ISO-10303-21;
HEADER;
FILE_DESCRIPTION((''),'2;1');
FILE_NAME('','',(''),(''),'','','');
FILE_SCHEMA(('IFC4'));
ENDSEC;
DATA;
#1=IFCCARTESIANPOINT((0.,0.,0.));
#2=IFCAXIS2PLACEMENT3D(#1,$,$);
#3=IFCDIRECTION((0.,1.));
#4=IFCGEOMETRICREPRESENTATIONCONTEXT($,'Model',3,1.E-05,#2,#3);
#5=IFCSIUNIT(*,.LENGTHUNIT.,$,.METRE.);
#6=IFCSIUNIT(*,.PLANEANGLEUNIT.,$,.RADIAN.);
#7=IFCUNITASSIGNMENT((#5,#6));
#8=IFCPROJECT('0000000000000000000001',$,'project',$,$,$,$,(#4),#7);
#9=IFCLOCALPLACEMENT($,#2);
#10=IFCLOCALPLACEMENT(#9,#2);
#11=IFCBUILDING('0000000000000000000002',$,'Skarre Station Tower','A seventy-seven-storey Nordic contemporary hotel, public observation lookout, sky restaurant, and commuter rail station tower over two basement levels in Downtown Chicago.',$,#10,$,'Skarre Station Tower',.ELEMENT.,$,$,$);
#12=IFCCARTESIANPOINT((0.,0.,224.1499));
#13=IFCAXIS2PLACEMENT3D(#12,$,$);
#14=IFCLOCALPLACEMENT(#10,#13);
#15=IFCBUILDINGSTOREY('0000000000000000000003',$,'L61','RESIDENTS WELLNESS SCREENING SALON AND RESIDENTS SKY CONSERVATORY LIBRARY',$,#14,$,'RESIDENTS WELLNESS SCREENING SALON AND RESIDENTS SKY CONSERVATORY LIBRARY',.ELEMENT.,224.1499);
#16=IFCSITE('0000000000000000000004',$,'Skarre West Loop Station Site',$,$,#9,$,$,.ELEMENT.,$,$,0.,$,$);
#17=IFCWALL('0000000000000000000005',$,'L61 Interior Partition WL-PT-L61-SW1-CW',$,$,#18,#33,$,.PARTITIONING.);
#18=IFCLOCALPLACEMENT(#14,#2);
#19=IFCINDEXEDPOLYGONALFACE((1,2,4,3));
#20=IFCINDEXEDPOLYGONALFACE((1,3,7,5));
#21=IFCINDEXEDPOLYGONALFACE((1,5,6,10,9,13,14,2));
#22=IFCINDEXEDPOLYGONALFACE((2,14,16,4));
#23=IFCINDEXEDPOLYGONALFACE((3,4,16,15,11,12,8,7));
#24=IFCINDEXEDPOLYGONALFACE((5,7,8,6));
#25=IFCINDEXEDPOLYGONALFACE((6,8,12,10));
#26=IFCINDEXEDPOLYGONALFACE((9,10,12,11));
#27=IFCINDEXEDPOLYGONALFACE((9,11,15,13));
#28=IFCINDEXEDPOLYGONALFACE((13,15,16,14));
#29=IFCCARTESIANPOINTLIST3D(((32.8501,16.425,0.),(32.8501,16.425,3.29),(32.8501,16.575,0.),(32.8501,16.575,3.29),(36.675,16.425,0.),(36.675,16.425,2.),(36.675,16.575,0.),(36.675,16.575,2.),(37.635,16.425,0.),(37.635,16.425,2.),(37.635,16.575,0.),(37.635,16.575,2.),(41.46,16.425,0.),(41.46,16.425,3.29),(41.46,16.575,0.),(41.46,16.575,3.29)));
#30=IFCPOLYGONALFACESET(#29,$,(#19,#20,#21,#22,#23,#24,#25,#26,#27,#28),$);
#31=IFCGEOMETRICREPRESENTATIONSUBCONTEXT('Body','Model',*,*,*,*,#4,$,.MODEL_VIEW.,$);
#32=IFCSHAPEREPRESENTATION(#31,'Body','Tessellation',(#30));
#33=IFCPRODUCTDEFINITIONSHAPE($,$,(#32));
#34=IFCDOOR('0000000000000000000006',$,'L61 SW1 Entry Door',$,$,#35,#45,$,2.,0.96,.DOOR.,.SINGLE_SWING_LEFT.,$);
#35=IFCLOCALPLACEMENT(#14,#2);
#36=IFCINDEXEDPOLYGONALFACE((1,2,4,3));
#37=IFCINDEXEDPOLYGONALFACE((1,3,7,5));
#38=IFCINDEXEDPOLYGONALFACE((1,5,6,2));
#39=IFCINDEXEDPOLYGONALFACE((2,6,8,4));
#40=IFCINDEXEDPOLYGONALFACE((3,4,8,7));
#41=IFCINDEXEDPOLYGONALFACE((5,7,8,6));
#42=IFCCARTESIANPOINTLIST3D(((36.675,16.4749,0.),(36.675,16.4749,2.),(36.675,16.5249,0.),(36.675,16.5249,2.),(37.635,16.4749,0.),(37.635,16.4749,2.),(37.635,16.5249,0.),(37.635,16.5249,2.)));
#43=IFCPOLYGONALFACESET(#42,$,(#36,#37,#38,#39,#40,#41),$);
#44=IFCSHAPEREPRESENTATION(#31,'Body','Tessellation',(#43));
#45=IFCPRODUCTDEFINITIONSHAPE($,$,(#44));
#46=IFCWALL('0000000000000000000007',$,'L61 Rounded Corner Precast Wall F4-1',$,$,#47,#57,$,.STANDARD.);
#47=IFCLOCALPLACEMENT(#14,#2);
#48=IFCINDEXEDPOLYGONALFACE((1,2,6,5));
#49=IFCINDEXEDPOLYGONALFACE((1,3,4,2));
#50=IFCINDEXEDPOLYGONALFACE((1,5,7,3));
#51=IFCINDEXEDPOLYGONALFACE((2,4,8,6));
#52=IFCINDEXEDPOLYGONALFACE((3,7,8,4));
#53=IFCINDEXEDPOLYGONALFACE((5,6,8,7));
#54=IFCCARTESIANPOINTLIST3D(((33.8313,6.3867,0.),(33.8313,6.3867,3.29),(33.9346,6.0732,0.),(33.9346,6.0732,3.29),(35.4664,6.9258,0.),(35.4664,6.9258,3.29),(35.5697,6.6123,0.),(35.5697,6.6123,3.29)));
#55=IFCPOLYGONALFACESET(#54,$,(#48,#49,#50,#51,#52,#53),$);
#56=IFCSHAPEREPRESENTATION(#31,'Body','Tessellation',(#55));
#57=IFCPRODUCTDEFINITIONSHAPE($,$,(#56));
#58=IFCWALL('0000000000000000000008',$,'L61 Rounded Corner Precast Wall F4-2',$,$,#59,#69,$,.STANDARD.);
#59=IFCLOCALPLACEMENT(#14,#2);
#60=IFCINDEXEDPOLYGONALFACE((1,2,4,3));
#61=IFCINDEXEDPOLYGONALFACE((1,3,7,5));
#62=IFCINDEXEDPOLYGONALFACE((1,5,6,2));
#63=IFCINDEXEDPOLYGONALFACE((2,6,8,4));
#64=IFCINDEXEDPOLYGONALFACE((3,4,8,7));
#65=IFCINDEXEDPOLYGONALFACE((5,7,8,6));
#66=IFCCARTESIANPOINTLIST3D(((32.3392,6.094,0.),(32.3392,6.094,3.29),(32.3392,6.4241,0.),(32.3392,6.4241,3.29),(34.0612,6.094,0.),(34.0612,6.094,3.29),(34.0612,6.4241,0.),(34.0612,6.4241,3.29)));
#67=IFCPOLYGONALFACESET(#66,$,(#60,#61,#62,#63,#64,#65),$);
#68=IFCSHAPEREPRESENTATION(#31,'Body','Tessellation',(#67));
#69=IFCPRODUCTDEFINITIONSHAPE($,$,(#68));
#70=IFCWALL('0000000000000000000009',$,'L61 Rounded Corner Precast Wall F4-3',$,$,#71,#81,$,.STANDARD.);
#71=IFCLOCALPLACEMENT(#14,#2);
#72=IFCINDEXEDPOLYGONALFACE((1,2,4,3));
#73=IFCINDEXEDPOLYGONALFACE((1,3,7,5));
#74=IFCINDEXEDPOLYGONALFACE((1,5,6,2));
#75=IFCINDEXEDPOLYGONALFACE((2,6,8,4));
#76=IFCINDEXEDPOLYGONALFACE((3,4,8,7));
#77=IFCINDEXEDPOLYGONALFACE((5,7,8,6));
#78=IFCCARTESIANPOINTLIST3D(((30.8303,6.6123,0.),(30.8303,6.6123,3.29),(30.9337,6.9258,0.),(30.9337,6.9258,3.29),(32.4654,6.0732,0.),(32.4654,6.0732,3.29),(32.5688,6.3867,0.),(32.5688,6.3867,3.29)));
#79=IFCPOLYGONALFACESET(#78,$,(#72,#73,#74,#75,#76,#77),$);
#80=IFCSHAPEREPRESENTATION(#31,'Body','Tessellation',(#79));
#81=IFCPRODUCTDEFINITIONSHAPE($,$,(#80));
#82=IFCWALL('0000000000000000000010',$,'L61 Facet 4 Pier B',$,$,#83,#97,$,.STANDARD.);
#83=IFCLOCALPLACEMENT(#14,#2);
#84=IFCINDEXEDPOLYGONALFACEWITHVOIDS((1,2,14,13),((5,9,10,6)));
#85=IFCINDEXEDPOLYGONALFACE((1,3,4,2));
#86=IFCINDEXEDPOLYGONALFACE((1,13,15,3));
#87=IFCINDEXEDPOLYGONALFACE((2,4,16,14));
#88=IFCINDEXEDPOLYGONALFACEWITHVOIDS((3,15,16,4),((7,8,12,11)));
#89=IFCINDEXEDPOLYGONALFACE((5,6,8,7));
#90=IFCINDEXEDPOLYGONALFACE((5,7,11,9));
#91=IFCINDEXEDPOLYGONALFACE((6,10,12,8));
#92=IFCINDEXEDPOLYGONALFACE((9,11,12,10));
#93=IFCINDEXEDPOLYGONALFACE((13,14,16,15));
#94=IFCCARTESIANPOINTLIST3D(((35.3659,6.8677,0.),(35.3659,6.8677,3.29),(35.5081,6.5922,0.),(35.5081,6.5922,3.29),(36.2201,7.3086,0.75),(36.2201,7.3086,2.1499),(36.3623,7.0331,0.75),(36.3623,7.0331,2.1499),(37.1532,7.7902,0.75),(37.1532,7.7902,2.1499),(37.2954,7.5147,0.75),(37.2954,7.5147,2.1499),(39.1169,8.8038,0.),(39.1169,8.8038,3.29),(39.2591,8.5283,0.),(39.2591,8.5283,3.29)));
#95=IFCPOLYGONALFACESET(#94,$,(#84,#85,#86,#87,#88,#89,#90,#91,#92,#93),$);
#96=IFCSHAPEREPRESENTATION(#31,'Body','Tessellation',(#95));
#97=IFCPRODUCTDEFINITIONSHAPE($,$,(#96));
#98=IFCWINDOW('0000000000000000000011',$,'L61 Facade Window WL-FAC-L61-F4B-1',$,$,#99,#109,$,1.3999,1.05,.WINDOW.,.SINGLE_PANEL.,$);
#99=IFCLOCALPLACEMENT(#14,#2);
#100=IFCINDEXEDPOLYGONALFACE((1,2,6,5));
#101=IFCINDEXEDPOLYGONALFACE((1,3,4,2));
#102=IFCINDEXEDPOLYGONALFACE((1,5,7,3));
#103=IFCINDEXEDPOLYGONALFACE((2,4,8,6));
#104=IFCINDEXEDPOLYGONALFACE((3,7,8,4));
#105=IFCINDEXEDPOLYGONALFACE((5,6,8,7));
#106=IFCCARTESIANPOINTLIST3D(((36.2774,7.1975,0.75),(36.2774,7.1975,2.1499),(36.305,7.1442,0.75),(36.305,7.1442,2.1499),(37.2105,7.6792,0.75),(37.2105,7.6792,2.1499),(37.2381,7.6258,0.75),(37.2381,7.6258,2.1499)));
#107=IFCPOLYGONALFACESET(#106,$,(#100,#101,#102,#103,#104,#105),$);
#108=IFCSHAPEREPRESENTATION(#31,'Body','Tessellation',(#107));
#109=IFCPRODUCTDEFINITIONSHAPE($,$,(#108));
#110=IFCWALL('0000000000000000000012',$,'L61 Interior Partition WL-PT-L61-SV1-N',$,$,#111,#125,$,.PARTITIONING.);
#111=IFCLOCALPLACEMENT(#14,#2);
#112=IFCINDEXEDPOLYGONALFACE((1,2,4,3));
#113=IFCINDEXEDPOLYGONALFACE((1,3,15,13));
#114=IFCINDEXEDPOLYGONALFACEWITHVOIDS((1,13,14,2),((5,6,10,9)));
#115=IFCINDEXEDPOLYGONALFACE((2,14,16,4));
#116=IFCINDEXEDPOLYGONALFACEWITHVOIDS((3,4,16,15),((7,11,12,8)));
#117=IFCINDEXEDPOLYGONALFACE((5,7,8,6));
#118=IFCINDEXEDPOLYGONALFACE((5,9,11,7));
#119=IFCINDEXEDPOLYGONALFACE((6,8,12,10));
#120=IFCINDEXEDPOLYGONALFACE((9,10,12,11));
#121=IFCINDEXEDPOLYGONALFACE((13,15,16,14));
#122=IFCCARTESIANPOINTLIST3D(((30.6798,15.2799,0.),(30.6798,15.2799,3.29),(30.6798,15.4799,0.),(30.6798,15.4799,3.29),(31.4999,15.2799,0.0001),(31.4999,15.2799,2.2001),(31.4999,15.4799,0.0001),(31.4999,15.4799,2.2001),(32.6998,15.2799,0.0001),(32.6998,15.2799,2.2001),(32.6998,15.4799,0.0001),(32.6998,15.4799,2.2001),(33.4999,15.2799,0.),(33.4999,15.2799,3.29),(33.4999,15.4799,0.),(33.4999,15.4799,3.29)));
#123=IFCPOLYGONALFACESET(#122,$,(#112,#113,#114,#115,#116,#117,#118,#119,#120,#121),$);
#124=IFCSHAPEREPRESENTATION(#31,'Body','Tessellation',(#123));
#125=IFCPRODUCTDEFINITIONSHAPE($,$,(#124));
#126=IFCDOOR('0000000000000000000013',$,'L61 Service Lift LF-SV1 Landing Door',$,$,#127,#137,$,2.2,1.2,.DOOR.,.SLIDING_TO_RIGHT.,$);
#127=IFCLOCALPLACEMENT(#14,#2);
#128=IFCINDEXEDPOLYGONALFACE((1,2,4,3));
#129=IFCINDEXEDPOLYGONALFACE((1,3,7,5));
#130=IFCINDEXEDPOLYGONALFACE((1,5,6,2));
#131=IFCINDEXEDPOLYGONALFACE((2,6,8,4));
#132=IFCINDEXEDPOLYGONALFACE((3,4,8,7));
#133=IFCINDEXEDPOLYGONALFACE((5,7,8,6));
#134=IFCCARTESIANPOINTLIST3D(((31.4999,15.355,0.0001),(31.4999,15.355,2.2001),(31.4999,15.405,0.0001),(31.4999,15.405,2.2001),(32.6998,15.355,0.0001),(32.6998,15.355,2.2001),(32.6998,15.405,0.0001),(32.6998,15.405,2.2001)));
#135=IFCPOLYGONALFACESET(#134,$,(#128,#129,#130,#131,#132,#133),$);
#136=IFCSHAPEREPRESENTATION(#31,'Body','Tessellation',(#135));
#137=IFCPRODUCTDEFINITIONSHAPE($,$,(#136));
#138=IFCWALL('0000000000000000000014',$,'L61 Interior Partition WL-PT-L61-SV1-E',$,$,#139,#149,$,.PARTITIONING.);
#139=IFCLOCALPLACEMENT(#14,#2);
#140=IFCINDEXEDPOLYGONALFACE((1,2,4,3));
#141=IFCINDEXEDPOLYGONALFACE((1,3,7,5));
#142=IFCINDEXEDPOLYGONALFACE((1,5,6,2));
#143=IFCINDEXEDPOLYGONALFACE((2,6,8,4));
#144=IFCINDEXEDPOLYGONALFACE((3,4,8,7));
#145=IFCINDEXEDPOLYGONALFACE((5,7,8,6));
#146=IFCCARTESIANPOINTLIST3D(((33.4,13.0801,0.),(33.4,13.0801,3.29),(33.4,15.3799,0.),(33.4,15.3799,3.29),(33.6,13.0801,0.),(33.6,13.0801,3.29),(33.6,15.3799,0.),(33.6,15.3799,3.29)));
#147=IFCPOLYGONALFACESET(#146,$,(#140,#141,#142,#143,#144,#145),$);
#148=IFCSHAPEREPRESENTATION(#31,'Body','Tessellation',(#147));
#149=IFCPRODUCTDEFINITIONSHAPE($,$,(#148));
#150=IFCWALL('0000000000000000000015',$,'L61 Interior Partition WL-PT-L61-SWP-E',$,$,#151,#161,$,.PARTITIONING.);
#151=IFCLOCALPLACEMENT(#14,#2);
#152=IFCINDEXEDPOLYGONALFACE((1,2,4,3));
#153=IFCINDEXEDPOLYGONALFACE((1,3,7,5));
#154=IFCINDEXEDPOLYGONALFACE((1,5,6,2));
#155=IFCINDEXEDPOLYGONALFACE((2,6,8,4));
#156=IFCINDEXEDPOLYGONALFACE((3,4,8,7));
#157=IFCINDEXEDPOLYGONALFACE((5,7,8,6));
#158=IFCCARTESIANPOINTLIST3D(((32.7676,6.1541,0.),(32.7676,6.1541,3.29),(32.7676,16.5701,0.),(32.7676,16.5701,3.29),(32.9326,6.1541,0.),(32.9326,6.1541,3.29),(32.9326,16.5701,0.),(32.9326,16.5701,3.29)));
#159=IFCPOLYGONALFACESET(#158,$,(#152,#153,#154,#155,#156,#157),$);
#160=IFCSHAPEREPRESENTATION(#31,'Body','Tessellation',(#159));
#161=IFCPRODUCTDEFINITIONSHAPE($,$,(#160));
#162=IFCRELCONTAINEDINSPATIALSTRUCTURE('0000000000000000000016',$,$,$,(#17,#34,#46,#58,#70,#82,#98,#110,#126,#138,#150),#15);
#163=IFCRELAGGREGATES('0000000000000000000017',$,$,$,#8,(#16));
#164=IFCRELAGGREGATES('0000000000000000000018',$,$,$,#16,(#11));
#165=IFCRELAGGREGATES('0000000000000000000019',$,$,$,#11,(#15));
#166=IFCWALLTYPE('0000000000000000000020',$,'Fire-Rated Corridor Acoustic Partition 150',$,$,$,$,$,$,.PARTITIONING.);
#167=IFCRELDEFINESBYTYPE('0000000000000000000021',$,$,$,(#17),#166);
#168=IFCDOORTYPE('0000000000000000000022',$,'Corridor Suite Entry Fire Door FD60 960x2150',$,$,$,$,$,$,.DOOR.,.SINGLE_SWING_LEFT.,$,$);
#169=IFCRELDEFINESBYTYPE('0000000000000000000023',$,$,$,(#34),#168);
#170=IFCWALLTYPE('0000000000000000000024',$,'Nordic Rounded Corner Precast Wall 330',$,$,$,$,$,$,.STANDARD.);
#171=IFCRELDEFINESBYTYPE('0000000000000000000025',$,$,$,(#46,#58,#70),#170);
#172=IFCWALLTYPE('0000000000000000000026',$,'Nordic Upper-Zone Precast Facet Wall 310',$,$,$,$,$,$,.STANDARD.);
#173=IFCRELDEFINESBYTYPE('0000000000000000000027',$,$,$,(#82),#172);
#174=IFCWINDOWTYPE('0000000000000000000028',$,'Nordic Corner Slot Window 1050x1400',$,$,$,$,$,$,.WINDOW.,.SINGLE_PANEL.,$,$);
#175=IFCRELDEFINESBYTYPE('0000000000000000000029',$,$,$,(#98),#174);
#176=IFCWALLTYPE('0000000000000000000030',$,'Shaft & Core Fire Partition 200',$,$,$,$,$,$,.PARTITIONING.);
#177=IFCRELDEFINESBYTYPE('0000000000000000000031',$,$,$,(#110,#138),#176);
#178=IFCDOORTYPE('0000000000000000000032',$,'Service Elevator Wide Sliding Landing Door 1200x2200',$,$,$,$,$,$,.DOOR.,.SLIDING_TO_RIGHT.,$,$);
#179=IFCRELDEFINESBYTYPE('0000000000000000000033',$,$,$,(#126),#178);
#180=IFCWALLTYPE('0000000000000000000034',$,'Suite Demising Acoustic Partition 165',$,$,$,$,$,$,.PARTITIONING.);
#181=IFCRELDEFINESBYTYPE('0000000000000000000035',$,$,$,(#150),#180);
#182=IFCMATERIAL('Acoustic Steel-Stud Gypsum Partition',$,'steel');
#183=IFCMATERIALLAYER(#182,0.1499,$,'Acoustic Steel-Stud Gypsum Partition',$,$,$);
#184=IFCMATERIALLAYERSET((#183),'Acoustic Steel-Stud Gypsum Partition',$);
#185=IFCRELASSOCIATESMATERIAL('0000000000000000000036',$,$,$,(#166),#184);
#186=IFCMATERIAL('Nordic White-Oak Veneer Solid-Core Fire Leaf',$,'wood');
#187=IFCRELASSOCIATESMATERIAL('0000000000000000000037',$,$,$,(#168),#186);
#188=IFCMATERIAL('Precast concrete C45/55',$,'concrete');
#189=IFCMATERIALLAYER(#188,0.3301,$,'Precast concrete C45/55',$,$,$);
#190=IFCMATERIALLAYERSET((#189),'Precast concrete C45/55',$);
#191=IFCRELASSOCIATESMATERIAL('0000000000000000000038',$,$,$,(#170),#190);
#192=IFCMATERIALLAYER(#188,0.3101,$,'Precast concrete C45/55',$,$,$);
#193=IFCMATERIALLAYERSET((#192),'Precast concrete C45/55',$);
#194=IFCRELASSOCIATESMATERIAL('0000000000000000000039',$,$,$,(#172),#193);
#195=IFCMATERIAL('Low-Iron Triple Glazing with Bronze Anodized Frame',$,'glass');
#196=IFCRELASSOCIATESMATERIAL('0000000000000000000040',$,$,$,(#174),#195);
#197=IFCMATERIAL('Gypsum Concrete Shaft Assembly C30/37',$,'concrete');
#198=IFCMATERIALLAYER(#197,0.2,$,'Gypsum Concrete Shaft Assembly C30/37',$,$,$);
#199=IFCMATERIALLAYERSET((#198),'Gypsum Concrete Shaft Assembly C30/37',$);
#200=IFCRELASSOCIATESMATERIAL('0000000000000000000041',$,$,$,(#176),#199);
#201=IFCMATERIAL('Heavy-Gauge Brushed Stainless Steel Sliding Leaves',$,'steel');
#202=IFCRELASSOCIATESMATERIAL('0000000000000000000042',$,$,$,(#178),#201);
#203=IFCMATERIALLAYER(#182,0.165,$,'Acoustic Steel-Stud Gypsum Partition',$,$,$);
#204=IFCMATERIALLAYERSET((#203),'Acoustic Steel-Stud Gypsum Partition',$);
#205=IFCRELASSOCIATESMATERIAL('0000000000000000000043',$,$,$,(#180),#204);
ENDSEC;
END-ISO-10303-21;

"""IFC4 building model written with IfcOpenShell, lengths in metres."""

from ifc_helpers import new_model, si_unit, direction, frame, frame_2d, origin, place, context, subcontext, project, spatial, rectangle, extrude, material, layer, layer_set, type_object, element, fill, save


model = new_model("IFC4")

# Units and contexts
model_context = context("Model", 3, precision=1e-05, world=origin(), true_north=direction((0.0, 1.0)))
body_context = subcontext(model_context, "Body", "Model", "MODEL_VIEW")
ifc_project = project(units=[si_unit("LENGTHUNIT", "METRE"), si_unit("PLANEANGLEUNIT", "RADIAN")], contexts=[model_context])

# Site, building, storey
site_placement = place(None, origin())
site = spatial("IfcSite", under=ifc_project, at=site_placement, Name="Skarre West Loop Station Site", CompositionType="ELEMENT", RefElevation=0.0)
building_placement = place(site_placement, origin())
building = spatial("IfcBuilding", under=site, at=building_placement, Name="Skarre Station Tower", Description="A seventy-seven-storey Nordic contemporary hotel, public observation lookout, sky restaurant, and commuter rail station tower over two basement levels in Downtown Chicago.", LongName="Skarre Station Tower", CompositionType="ELEMENT")
storey_placement = place(building_placement, frame((0.0, 0.0, 224.1499)))
storey = spatial("IfcBuildingStorey", under=building, at=storey_placement, Name="L61", Description="RESIDENTS WELLNESS SCREENING SALON AND RESIDENTS SKY CONSERVATORY LIBRARY", LongName="RESIDENTS WELLNESS SCREENING SALON AND RESIDENTS SKY CONSERVATORY LIBRARY", CompositionType="ELEMENT", Elevation=224.1499)

# Shared definitions
ifc_material_1 = material(Name="Acoustic Steel-Stud Gypsum Partition", Category="steel")
ifc_layer_1 = layer(ifc_material_1, 0.1499, Name="Acoustic Steel-Stud Gypsum Partition")
ifc_layer_set_1 = layer_set([ifc_layer_1], Name="Acoustic Steel-Stud Gypsum Partition")
wall_type_1 = type_object("IfcWallType", Name="Fire-Rated Corridor Acoustic Partition 150", PredefinedType="PARTITIONING", material=ifc_layer_set_1)

# Wall, opening, door
wall_1_placement = place(storey_placement, frame((32.8501, 16.5, 0.0), z_axis=(0.0, 0.0, 1.0), x_axis=(1.0, 0.0, 0.0)))
wall_1 = element("IfcWall", 1, at=wall_1_placement, inside=storey, type_object=wall_type_1, Name="L61 Interior Partition WL-PT-L61-SW1-CW", PredefinedType="PARTITIONING", context=body_context, shape_type="SweptSolid", body=[
    extrude(rectangle(XDim=8.6099, YDim=0.1499, at=frame_2d((4.3049, 0.0))), origin(), (0.0, 0.0, 1.0), 3.29),
])
opening_1_placement = place(wall_1_placement, frame((3.825, 0.0, 0.0)))
opening_1 = element("IfcOpeningElement", 2, at=opening_1_placement, cuts=wall_1, PredefinedType="OPENING", context=body_context, shape_type="SweptSolid", body=[
    extrude(rectangle(XDim=0.96, YDim=2.0, at=frame_2d((0.48, 1.0))), frame((0.0, 0.085, 0.0), z_axis=(0.0, -1.0, 0.0), x_axis=(1.0, 0.0, 0.0)), (0.0, 0.0, 1.0), 0.1699),
])
ifc_material_2 = material(Name="Nordic White-Oak Veneer Solid-Core Fire Leaf", Category="wood")
door_type_1 = type_object("IfcDoorType", Name="Corridor Suite Entry Fire Door FD60 960x2150", OperationType="SINGLE_SWING_LEFT", PredefinedType="DOOR", material=ifc_material_2)
door_1_placement = place(opening_1_placement, origin())
door_1 = element("IfcDoor", 3, at=door_1_placement, inside=storey, type_object=door_type_1, Name="L61 SW1 Entry Door", OperationType="SINGLE_SWING_LEFT", OverallHeight=2.0, OverallWidth=0.96, PredefinedType="DOOR", context=body_context, shape_type="SweptSolid", body=[
    extrude(rectangle(XDim=0.96, YDim=2.0, at=frame_2d((0.48, 1.0))), frame((0.0, 0.0249, 0.0), z_axis=(0.0, -1.0, 0.0), x_axis=(1.0, 0.0, 0.0)), (0.0, 0.0, 1.0), 0.05),
])
fill(opening_1, door_1)

# Walls
ifc_material_3 = material(Name="Precast concrete C45/55", Category="concrete")
ifc_layer_2 = layer(ifc_material_3, 0.3301, Name="Precast concrete C45/55")
ifc_layer_set_2 = layer_set([ifc_layer_2], Name="Precast concrete C45/55")
wall_type_2 = type_object("IfcWallType", Name="Nordic Rounded Corner Precast Wall 330", PredefinedType="STANDARD", material=ifc_layer_set_2)
wall_2_placement = place(storey_placement, frame((35.5181, 6.769, 0.0), z_axis=(0.0, 0.0, 1.0), x_axis=(-0.949713, -0.31312, 0.0)))
element("IfcWall", 4, at=wall_2_placement, inside=storey, type_object=wall_type_2, Name="L61 Rounded Corner Precast Wall F4-1", PredefinedType="STANDARD", context=body_context, shape_type="SweptSolid", body=[
    extrude(rectangle(XDim=1.7217, YDim=0.3301, at=frame_2d((0.8608, 0.0))), origin(), (0.0, 0.0, 1.0), 3.29),
])
wall_3_placement = place(storey_placement, frame((34.061, 6.259, 0.0), z_axis=(0.0, 0.0, 1.0), x_axis=(-1.0, 0.0, 0.0)))
element("IfcWall", 5, at=wall_3_placement, inside=storey, type_object=wall_type_2, Name="L61 Rounded Corner Precast Wall F4-2", PredefinedType="STANDARD", context=body_context, shape_type="SweptSolid", body=[
    extrude(rectangle(XDim=1.7219, YDim=0.3301, at=frame_2d((0.8608, 0.0))), origin(), (0.0, 0.0, 1.0), 3.29),
])
wall_4_placement = place(storey_placement, frame((32.5171, 6.23, 0.0), z_axis=(0.0, 0.0, 1.0), x_axis=(-0.949713, 0.31312, 0.0)))
element("IfcWall", 6, at=wall_4_placement, inside=storey, type_object=wall_type_2, Name="L61 Rounded Corner Precast Wall F4-3", PredefinedType="STANDARD", context=body_context, shape_type="SweptSolid", body=[
    extrude(rectangle(XDim=1.7217, YDim=0.3301, at=frame_2d((0.8608, 0.0))), origin(), (0.0, 0.0, 1.0), 3.29),
])

# Wall, opening, window
ifc_layer_3 = layer(ifc_material_3, 0.3101, Name="Precast concrete C45/55")
ifc_layer_set_3 = layer_set([ifc_layer_3], Name="Precast concrete C45/55")
wall_type_3 = type_object("IfcWallType", Name="Nordic Upper-Zone Precast Facet Wall 310", PredefinedType="STANDARD", material=ifc_layer_set_3)
wall_5_placement = place(storey_placement, frame((39.188, 8.666, 0.0), z_axis=(0.0, 0.0, 1.0), x_axis=(-0.888616, -0.458652, 0.0)))
wall_5 = element("IfcWall", 7, at=wall_5_placement, inside=storey, type_object=wall_type_3, Name="L61 Facet 4 Pier B", PredefinedType="STANDARD", context=body_context, shape_type="SweptSolid", body=[
    extrude(rectangle(XDim=4.2212, YDim=0.3101, at=frame_2d((2.1106, 0.0))), origin(), (0.0, 0.0, 1.0), 3.29),
])
opening_2_placement = place(wall_5_placement, frame((2.21, 0.0, 0.75)))
opening_2 = element("IfcOpeningElement", 8, at=opening_2_placement, cuts=wall_5, PredefinedType="OPENING", context=body_context, shape_type="SweptSolid", body=[
    extrude(rectangle(XDim=1.05, YDim=1.3999, at=frame_2d((0.5249, 0.7))), frame((0.0, 0.165, 0.0), z_axis=(0.0, -1.0, 0.0), x_axis=(1.0, 0.0, 0.0)), (0.0, 0.0, 1.0), 0.3301),
])
ifc_material_4 = material(Name="Low-Iron Triple Glazing with Bronze Anodized Frame", Category="glass")
window_type = type_object("IfcWindowType", Name="Nordic Corner Slot Window 1050x1400", PartitioningType="SINGLE_PANEL", PredefinedType="WINDOW", material=ifc_material_4)
window_placement = place(opening_2_placement, origin())
window = element("IfcWindow", 9, at=window_placement, inside=storey, type_object=window_type, Name="L61 Facade Window WL-FAC-L61-F4B-1", OverallHeight=1.3999, OverallWidth=1.05, PartitioningType="SINGLE_PANEL", PredefinedType="WINDOW", context=body_context, shape_type="SweptSolid", body=[
    extrude(rectangle(XDim=1.05, YDim=1.3999, at=frame_2d((0.5249, 0.7))), frame((0.0, 0.03, 0.0), z_axis=(0.0, -1.0, 0.0), x_axis=(1.0, 0.0, 0.0)), (0.0, 0.0, 1.0), 0.0601),
])
fill(opening_2, window)

# Wall, opening, door
ifc_material_5 = material(Name="Gypsum Concrete Shaft Assembly C30/37", Category="concrete")
ifc_layer_4 = layer(ifc_material_5, 0.2, Name="Gypsum Concrete Shaft Assembly C30/37")
ifc_layer_set_4 = layer_set([ifc_layer_4], Name="Gypsum Concrete Shaft Assembly C30/37")
wall_type_4 = type_object("IfcWallType", Name="Shaft & Core Fire Partition 200", PredefinedType="PARTITIONING", material=ifc_layer_set_4)
wall_6_placement = place(storey_placement, frame((33.5, 15.3799, 0.0), z_axis=(0.0, 0.0, 1.0), x_axis=(-1.0, 0.0, 0.0)))
wall_6 = element("IfcWall", 10, at=wall_6_placement, inside=storey, type_object=wall_type_4, Name="L61 Interior Partition WL-PT-L61-SV1-N", PredefinedType="PARTITIONING", context=body_context, shape_type="SweptSolid", body=[
    extrude(rectangle(XDim=2.8201, YDim=0.2, at=frame_2d((1.4102, 0.0))), origin(), (0.0, 0.0, 1.0), 3.29),
])
opening_3_placement = place(wall_6_placement, frame((0.8, 0.0, 0.0)))
opening_3 = element("IfcOpeningElement", 11, at=opening_3_placement, cuts=wall_6, PredefinedType="OPENING", context=body_context, shape_type="SweptSolid", body=[
    extrude(rectangle(XDim=1.2, YDim=2.2, at=frame_2d((0.6001, 1.1001))), frame((0.0, 0.1099, 0.0), z_axis=(0.0, -1.0, 0.0), x_axis=(1.0, 0.0, 0.0)), (0.0, 0.0, 1.0), 0.22),
])
ifc_material_6 = material(Name="Heavy-Gauge Brushed Stainless Steel Sliding Leaves", Category="steel")
door_type_2 = type_object("IfcDoorType", Name="Service Elevator Wide Sliding Landing Door 1200x2200", OperationType="SLIDING_TO_RIGHT", PredefinedType="DOOR", material=ifc_material_6)
door_2_placement = place(opening_3_placement, origin())
door_2 = element("IfcDoor", 12, at=door_2_placement, inside=storey, type_object=door_type_2, Name="L61 Service Lift LF-SV1 Landing Door", OperationType="SLIDING_TO_RIGHT", OverallHeight=2.2, OverallWidth=1.2, PredefinedType="DOOR", context=body_context, shape_type="SweptSolid", body=[
    extrude(rectangle(XDim=1.2, YDim=2.2, at=frame_2d((0.6001, 1.1001))), frame((0.0, 0.0249, 0.0), z_axis=(0.0, -1.0, 0.0), x_axis=(1.0, 0.0, 0.0)), (0.0, 0.0, 1.0), 0.05),
])
fill(opening_3, door_2)

# Walls
wall_7_placement = place(storey_placement, frame((33.5, 13.0801, 0.0), z_axis=(0.0, 0.0, 1.0), x_axis=(0.0, 1.0, 0.0)))
element("IfcWall", 13, at=wall_7_placement, inside=storey, type_object=wall_type_4, Name="L61 Interior Partition WL-PT-L61-SV1-E", PredefinedType="PARTITIONING", context=body_context, shape_type="SweptSolid", body=[
    extrude(rectangle(XDim=2.2998, YDim=0.2, at=frame_2d((1.1499, 0.0))), origin(), (0.0, 0.0, 1.0), 3.29),
])
ifc_layer_5 = layer(ifc_material_1, 0.165, Name="Acoustic Steel-Stud Gypsum Partition")
ifc_layer_set_5 = layer_set([ifc_layer_5], Name="Acoustic Steel-Stud Gypsum Partition")
wall_type_5 = type_object("IfcWallType", Name="Suite Demising Acoustic Partition 165", PredefinedType="PARTITIONING", material=ifc_layer_set_5)
wall_8_placement = place(storey_placement, frame((32.8501, 6.1541, 0.0), z_axis=(0.0, 0.0, 1.0), x_axis=(0.0, 1.0, 0.0)))
element("IfcWall", 14, at=wall_8_placement, inside=storey, type_object=wall_type_5, Name="L61 Interior Partition WL-PT-L61-SWP-E", PredefinedType="PARTITIONING", context=body_context, shape_type="SweptSolid", body=[
    extrude(rectangle(XDim=10.416, YDim=0.165, at=frame_2d((5.208, 0.0))), origin(), (0.0, 0.0, 1.0), 3.29),
])

save(model, "model.ifc")
